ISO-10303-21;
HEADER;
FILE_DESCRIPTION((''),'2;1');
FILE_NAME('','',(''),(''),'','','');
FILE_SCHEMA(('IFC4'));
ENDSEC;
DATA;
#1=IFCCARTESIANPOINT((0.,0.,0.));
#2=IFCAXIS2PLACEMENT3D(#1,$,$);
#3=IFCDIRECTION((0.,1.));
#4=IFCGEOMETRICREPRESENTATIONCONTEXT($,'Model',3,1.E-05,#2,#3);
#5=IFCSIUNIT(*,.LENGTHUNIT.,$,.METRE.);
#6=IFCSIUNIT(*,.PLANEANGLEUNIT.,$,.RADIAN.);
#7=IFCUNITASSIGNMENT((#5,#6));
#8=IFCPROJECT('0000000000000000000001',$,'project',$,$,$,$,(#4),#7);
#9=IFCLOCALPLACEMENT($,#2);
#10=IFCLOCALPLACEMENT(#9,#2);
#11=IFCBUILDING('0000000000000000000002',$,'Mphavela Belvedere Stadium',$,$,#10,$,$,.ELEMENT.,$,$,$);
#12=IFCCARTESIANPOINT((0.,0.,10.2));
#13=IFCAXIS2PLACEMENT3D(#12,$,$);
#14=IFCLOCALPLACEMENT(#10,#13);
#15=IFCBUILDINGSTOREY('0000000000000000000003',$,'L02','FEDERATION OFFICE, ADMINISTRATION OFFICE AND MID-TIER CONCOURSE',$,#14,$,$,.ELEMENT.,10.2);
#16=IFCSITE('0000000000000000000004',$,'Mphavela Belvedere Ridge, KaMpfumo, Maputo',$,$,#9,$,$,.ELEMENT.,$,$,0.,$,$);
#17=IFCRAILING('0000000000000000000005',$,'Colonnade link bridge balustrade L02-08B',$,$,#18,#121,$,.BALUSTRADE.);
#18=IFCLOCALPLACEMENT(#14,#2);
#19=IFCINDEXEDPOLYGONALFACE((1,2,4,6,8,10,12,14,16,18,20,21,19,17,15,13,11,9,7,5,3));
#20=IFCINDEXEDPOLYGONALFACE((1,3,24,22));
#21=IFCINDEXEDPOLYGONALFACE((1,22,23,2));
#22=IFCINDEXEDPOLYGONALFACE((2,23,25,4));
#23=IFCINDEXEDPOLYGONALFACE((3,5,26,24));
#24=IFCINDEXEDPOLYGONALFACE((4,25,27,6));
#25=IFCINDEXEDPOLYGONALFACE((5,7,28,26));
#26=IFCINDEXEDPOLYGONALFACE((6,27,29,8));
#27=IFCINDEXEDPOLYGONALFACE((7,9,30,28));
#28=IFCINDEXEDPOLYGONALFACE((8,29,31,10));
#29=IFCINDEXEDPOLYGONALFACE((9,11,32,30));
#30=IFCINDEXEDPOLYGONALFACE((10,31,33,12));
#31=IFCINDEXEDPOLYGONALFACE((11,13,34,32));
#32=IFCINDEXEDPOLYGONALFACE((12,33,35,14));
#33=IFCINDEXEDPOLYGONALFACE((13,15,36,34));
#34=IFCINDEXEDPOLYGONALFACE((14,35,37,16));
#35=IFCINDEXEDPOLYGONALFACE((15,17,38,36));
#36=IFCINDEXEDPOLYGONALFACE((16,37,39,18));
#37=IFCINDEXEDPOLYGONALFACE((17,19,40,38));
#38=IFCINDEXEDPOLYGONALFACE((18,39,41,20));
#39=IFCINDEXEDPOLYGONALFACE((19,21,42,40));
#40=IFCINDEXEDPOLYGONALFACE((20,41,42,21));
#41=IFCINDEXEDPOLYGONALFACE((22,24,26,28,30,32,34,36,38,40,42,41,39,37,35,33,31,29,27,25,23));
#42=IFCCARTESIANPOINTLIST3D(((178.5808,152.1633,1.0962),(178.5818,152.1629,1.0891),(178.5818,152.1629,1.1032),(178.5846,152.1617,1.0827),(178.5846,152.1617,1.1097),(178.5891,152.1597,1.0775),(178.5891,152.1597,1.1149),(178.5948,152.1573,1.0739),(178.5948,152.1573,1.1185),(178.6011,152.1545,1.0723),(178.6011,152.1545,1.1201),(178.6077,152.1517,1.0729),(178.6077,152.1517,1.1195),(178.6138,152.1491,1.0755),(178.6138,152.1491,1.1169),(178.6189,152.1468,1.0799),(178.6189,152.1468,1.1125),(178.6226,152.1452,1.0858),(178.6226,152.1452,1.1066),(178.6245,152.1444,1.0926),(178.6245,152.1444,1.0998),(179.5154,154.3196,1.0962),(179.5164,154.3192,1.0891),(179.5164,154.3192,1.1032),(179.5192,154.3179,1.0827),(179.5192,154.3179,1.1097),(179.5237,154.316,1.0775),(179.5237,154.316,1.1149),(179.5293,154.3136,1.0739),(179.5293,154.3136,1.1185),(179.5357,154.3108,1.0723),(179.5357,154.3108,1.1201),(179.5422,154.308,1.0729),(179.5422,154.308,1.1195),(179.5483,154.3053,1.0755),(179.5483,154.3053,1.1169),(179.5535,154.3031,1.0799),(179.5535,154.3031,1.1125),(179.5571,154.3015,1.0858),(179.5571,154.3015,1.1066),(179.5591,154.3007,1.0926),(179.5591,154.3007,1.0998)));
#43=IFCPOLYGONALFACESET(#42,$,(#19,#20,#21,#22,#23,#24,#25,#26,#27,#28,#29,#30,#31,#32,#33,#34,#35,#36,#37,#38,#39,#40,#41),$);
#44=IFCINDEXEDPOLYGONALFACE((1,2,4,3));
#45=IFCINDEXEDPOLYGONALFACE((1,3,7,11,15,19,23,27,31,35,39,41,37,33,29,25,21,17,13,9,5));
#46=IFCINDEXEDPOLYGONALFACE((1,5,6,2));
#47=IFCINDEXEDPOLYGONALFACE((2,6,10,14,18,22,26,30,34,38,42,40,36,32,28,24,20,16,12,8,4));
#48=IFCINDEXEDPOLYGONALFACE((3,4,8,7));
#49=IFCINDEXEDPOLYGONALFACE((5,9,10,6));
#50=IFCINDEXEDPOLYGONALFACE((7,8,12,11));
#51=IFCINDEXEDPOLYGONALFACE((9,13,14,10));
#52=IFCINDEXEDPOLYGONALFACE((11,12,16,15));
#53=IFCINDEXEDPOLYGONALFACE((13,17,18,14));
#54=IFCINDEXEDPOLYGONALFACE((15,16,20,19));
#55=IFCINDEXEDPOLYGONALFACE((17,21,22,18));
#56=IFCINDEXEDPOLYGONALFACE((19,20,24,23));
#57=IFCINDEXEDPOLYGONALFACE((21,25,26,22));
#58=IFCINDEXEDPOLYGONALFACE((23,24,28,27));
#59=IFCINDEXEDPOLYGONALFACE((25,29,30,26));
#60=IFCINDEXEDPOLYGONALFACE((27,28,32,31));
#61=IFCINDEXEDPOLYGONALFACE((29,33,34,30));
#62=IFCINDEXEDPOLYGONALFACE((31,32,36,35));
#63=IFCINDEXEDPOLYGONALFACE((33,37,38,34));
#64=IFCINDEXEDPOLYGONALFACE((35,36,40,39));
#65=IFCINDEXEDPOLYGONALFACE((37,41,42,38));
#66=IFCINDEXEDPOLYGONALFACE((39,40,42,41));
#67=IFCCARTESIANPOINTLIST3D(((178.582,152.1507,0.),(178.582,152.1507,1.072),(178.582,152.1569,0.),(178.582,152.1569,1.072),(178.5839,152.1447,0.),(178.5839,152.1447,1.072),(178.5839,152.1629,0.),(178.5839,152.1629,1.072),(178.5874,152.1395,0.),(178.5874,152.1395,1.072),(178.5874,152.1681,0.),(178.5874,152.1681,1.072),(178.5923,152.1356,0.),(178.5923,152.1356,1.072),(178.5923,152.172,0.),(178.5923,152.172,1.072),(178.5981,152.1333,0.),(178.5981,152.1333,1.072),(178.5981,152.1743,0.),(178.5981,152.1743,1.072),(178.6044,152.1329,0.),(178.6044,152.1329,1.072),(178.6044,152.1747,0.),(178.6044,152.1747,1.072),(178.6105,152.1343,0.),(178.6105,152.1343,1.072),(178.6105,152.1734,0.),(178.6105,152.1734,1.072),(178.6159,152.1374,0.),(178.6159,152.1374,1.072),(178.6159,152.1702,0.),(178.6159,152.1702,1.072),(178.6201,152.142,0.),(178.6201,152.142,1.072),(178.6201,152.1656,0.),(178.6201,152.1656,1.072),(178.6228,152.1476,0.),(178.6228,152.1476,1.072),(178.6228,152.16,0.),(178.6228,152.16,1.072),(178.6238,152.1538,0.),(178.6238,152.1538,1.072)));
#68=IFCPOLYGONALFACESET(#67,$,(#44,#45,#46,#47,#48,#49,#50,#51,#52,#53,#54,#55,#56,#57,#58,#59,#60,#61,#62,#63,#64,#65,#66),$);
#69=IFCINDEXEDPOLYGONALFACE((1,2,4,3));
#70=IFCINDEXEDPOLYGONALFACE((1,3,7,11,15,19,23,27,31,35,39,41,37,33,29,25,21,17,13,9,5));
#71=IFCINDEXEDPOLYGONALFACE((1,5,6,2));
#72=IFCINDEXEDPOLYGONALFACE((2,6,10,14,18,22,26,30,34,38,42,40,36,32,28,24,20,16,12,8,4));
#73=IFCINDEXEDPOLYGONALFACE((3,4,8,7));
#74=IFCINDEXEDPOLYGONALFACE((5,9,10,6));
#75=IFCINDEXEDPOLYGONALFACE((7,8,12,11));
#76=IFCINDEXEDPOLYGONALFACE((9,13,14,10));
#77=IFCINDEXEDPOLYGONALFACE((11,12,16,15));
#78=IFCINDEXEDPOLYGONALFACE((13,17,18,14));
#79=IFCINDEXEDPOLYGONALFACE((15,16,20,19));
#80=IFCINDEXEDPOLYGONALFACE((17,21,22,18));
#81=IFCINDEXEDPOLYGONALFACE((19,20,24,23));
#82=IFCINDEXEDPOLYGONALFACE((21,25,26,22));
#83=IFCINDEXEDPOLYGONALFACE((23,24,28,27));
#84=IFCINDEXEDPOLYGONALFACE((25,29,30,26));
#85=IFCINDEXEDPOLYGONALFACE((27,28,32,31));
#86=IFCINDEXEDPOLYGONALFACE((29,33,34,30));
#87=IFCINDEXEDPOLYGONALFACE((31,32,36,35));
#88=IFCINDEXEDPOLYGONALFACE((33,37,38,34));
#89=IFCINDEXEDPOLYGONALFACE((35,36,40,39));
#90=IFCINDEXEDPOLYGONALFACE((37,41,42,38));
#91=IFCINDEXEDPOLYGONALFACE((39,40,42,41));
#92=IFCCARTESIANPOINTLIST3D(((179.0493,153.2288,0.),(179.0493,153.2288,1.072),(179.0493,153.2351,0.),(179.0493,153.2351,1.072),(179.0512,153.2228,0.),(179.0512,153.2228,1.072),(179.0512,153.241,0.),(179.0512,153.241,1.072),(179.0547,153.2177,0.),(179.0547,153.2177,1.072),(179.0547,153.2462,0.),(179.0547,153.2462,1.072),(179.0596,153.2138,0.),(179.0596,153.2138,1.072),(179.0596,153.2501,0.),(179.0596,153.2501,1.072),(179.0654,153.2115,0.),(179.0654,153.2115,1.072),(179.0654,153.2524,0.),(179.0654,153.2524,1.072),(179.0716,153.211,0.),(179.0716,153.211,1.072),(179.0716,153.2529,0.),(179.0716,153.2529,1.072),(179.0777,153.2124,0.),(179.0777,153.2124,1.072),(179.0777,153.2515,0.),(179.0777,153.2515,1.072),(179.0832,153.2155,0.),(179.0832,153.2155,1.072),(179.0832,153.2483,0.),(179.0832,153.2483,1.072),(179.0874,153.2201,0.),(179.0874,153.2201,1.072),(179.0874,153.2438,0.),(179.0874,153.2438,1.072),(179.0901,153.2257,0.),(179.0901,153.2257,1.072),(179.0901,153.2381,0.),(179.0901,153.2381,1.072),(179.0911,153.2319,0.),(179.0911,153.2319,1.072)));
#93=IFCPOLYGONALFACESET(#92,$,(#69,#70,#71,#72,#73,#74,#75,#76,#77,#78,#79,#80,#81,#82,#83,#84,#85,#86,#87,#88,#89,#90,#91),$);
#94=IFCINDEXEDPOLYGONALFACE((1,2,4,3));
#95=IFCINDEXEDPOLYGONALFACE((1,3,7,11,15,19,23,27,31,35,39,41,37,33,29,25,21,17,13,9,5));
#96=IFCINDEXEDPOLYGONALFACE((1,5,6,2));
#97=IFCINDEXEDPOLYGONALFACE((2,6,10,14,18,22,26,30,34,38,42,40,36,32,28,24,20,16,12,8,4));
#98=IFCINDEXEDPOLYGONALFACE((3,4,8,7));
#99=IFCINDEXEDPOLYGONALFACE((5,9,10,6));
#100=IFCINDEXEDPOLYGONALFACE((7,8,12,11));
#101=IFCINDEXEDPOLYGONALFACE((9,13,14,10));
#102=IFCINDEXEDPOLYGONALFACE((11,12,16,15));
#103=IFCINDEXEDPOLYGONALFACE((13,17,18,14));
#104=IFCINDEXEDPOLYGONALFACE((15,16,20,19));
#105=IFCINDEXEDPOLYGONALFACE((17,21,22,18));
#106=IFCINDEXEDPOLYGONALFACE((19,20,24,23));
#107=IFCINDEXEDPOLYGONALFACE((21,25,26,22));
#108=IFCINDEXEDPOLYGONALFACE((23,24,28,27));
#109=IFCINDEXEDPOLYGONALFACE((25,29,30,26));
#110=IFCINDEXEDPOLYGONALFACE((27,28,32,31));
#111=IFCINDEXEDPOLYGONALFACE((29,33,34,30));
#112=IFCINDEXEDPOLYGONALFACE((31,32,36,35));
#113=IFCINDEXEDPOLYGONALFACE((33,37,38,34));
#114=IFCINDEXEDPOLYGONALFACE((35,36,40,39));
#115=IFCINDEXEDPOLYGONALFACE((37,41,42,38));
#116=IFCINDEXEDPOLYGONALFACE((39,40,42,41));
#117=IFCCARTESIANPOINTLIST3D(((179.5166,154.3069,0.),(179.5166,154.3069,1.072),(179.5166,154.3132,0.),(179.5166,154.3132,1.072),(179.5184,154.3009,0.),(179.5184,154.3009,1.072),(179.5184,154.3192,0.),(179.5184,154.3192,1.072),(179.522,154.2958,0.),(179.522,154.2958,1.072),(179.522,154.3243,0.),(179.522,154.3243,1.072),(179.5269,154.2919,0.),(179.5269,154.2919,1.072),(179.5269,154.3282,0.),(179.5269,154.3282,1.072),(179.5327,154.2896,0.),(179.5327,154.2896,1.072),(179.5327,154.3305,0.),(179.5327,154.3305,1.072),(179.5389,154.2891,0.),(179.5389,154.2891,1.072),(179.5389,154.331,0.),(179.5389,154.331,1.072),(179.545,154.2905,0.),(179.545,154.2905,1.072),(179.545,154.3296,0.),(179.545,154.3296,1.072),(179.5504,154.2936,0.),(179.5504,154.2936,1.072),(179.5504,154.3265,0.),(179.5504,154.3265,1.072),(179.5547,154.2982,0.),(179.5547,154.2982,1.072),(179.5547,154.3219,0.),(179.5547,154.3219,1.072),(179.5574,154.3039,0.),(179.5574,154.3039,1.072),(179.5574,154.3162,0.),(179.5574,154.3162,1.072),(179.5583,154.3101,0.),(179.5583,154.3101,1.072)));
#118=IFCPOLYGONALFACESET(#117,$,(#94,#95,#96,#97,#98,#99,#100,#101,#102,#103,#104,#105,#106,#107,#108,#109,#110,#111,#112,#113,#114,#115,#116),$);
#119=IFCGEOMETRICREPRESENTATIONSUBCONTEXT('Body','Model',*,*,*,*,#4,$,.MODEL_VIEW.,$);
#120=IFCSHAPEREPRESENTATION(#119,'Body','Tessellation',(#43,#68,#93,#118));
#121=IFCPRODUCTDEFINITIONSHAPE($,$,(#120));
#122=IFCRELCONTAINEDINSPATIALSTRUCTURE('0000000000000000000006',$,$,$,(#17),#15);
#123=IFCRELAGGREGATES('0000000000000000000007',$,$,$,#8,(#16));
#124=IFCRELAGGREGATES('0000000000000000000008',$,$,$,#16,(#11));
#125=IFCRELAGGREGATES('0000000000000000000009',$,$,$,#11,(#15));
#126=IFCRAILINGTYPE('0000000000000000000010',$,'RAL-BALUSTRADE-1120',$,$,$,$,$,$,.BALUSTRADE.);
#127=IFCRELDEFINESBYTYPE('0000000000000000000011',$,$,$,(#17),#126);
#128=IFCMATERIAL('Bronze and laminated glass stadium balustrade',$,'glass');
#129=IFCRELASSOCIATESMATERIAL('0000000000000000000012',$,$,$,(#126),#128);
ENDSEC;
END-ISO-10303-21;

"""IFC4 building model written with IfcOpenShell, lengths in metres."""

from ifc_helpers import new_model, si_unit, direction, frame, origin, origin_2d, place, context, subcontext, project, spatial, circle, extrude, material, type_object, element, save


model = new_model("IFC4")

# Units and contexts
model_context = context("Model", 3, precision=1e-05, world=origin(), true_north=direction((0.0, 1.0)))
body_context = subcontext(model_context, "Body", "Model", "MODEL_VIEW")
ifc_project = project(units=[si_unit("LENGTHUNIT", "METRE"), si_unit("PLANEANGLEUNIT", "RADIAN")], contexts=[model_context])

# Site, building, storey
site_placement = place(None, origin())
site = spatial("IfcSite", under=ifc_project, at=site_placement, Name="Mphavela Belvedere Ridge, KaMpfumo, Maputo", CompositionType="ELEMENT", RefElevation=0.0)
building_placement = place(site_placement, origin())
building = spatial("IfcBuilding", under=site, at=building_placement, Name="Mphavela Belvedere Stadium", CompositionType="ELEMENT")
storey_placement = place(building_placement, frame((0.0, 0.0, 10.2)))
storey = spatial("IfcBuildingStorey", under=building, at=storey_placement, Name="L02", Description="FEDERATION OFFICE, ADMINISTRATION OFFICE AND MID-TIER CONCOURSE", CompositionType="ELEMENT", Elevation=10.2)

# Railing
ifc_material_1 = material(Name="Bronze and laminated glass stadium balustrade", Category="glass")
railing_type_1 = type_object("IfcRailingType", Name="RAL-BALUSTRADE-1120", PredefinedType="BALUSTRADE", material=ifc_material_1)
railing_1_placement = place(storey_placement, frame((178.6028, 152.1538, 0.0)))
element("IfcRailing", 1, at=railing_1_placement, inside=storey, type_object=railing_type_1, Name="Colonnade link bridge balustrade L02-08B", PredefinedType="BALUSTRADE", context=body_context, shape_type="SweptSolid", body=[
    extrude(circle(Radius=0.0239, at=origin_2d()), frame((0.0, 0.0, 1.0962), z_axis=(0.397677, 0.917525, 0.0), x_axis=(-0.917525, 0.397677, 0.0)), (0.0, 0.0, 1.0), 2.3501),
    extrude(circle(Radius=0.021, at=origin_2d()), origin(), (0.0, 0.0, 1.0), 1.072),
    extrude(circle(Radius=0.021, at=origin_2d()), frame((0.4673, 1.0781, 0.0)), (0.0, 0.0, 1.0), 1.072),
    extrude(circle(Radius=0.021, at=origin_2d()), frame((0.9346, 2.1562, 0.0)), (0.0, 0.0, 1.0), 1.072),
])

save(model, "model.ifc")
